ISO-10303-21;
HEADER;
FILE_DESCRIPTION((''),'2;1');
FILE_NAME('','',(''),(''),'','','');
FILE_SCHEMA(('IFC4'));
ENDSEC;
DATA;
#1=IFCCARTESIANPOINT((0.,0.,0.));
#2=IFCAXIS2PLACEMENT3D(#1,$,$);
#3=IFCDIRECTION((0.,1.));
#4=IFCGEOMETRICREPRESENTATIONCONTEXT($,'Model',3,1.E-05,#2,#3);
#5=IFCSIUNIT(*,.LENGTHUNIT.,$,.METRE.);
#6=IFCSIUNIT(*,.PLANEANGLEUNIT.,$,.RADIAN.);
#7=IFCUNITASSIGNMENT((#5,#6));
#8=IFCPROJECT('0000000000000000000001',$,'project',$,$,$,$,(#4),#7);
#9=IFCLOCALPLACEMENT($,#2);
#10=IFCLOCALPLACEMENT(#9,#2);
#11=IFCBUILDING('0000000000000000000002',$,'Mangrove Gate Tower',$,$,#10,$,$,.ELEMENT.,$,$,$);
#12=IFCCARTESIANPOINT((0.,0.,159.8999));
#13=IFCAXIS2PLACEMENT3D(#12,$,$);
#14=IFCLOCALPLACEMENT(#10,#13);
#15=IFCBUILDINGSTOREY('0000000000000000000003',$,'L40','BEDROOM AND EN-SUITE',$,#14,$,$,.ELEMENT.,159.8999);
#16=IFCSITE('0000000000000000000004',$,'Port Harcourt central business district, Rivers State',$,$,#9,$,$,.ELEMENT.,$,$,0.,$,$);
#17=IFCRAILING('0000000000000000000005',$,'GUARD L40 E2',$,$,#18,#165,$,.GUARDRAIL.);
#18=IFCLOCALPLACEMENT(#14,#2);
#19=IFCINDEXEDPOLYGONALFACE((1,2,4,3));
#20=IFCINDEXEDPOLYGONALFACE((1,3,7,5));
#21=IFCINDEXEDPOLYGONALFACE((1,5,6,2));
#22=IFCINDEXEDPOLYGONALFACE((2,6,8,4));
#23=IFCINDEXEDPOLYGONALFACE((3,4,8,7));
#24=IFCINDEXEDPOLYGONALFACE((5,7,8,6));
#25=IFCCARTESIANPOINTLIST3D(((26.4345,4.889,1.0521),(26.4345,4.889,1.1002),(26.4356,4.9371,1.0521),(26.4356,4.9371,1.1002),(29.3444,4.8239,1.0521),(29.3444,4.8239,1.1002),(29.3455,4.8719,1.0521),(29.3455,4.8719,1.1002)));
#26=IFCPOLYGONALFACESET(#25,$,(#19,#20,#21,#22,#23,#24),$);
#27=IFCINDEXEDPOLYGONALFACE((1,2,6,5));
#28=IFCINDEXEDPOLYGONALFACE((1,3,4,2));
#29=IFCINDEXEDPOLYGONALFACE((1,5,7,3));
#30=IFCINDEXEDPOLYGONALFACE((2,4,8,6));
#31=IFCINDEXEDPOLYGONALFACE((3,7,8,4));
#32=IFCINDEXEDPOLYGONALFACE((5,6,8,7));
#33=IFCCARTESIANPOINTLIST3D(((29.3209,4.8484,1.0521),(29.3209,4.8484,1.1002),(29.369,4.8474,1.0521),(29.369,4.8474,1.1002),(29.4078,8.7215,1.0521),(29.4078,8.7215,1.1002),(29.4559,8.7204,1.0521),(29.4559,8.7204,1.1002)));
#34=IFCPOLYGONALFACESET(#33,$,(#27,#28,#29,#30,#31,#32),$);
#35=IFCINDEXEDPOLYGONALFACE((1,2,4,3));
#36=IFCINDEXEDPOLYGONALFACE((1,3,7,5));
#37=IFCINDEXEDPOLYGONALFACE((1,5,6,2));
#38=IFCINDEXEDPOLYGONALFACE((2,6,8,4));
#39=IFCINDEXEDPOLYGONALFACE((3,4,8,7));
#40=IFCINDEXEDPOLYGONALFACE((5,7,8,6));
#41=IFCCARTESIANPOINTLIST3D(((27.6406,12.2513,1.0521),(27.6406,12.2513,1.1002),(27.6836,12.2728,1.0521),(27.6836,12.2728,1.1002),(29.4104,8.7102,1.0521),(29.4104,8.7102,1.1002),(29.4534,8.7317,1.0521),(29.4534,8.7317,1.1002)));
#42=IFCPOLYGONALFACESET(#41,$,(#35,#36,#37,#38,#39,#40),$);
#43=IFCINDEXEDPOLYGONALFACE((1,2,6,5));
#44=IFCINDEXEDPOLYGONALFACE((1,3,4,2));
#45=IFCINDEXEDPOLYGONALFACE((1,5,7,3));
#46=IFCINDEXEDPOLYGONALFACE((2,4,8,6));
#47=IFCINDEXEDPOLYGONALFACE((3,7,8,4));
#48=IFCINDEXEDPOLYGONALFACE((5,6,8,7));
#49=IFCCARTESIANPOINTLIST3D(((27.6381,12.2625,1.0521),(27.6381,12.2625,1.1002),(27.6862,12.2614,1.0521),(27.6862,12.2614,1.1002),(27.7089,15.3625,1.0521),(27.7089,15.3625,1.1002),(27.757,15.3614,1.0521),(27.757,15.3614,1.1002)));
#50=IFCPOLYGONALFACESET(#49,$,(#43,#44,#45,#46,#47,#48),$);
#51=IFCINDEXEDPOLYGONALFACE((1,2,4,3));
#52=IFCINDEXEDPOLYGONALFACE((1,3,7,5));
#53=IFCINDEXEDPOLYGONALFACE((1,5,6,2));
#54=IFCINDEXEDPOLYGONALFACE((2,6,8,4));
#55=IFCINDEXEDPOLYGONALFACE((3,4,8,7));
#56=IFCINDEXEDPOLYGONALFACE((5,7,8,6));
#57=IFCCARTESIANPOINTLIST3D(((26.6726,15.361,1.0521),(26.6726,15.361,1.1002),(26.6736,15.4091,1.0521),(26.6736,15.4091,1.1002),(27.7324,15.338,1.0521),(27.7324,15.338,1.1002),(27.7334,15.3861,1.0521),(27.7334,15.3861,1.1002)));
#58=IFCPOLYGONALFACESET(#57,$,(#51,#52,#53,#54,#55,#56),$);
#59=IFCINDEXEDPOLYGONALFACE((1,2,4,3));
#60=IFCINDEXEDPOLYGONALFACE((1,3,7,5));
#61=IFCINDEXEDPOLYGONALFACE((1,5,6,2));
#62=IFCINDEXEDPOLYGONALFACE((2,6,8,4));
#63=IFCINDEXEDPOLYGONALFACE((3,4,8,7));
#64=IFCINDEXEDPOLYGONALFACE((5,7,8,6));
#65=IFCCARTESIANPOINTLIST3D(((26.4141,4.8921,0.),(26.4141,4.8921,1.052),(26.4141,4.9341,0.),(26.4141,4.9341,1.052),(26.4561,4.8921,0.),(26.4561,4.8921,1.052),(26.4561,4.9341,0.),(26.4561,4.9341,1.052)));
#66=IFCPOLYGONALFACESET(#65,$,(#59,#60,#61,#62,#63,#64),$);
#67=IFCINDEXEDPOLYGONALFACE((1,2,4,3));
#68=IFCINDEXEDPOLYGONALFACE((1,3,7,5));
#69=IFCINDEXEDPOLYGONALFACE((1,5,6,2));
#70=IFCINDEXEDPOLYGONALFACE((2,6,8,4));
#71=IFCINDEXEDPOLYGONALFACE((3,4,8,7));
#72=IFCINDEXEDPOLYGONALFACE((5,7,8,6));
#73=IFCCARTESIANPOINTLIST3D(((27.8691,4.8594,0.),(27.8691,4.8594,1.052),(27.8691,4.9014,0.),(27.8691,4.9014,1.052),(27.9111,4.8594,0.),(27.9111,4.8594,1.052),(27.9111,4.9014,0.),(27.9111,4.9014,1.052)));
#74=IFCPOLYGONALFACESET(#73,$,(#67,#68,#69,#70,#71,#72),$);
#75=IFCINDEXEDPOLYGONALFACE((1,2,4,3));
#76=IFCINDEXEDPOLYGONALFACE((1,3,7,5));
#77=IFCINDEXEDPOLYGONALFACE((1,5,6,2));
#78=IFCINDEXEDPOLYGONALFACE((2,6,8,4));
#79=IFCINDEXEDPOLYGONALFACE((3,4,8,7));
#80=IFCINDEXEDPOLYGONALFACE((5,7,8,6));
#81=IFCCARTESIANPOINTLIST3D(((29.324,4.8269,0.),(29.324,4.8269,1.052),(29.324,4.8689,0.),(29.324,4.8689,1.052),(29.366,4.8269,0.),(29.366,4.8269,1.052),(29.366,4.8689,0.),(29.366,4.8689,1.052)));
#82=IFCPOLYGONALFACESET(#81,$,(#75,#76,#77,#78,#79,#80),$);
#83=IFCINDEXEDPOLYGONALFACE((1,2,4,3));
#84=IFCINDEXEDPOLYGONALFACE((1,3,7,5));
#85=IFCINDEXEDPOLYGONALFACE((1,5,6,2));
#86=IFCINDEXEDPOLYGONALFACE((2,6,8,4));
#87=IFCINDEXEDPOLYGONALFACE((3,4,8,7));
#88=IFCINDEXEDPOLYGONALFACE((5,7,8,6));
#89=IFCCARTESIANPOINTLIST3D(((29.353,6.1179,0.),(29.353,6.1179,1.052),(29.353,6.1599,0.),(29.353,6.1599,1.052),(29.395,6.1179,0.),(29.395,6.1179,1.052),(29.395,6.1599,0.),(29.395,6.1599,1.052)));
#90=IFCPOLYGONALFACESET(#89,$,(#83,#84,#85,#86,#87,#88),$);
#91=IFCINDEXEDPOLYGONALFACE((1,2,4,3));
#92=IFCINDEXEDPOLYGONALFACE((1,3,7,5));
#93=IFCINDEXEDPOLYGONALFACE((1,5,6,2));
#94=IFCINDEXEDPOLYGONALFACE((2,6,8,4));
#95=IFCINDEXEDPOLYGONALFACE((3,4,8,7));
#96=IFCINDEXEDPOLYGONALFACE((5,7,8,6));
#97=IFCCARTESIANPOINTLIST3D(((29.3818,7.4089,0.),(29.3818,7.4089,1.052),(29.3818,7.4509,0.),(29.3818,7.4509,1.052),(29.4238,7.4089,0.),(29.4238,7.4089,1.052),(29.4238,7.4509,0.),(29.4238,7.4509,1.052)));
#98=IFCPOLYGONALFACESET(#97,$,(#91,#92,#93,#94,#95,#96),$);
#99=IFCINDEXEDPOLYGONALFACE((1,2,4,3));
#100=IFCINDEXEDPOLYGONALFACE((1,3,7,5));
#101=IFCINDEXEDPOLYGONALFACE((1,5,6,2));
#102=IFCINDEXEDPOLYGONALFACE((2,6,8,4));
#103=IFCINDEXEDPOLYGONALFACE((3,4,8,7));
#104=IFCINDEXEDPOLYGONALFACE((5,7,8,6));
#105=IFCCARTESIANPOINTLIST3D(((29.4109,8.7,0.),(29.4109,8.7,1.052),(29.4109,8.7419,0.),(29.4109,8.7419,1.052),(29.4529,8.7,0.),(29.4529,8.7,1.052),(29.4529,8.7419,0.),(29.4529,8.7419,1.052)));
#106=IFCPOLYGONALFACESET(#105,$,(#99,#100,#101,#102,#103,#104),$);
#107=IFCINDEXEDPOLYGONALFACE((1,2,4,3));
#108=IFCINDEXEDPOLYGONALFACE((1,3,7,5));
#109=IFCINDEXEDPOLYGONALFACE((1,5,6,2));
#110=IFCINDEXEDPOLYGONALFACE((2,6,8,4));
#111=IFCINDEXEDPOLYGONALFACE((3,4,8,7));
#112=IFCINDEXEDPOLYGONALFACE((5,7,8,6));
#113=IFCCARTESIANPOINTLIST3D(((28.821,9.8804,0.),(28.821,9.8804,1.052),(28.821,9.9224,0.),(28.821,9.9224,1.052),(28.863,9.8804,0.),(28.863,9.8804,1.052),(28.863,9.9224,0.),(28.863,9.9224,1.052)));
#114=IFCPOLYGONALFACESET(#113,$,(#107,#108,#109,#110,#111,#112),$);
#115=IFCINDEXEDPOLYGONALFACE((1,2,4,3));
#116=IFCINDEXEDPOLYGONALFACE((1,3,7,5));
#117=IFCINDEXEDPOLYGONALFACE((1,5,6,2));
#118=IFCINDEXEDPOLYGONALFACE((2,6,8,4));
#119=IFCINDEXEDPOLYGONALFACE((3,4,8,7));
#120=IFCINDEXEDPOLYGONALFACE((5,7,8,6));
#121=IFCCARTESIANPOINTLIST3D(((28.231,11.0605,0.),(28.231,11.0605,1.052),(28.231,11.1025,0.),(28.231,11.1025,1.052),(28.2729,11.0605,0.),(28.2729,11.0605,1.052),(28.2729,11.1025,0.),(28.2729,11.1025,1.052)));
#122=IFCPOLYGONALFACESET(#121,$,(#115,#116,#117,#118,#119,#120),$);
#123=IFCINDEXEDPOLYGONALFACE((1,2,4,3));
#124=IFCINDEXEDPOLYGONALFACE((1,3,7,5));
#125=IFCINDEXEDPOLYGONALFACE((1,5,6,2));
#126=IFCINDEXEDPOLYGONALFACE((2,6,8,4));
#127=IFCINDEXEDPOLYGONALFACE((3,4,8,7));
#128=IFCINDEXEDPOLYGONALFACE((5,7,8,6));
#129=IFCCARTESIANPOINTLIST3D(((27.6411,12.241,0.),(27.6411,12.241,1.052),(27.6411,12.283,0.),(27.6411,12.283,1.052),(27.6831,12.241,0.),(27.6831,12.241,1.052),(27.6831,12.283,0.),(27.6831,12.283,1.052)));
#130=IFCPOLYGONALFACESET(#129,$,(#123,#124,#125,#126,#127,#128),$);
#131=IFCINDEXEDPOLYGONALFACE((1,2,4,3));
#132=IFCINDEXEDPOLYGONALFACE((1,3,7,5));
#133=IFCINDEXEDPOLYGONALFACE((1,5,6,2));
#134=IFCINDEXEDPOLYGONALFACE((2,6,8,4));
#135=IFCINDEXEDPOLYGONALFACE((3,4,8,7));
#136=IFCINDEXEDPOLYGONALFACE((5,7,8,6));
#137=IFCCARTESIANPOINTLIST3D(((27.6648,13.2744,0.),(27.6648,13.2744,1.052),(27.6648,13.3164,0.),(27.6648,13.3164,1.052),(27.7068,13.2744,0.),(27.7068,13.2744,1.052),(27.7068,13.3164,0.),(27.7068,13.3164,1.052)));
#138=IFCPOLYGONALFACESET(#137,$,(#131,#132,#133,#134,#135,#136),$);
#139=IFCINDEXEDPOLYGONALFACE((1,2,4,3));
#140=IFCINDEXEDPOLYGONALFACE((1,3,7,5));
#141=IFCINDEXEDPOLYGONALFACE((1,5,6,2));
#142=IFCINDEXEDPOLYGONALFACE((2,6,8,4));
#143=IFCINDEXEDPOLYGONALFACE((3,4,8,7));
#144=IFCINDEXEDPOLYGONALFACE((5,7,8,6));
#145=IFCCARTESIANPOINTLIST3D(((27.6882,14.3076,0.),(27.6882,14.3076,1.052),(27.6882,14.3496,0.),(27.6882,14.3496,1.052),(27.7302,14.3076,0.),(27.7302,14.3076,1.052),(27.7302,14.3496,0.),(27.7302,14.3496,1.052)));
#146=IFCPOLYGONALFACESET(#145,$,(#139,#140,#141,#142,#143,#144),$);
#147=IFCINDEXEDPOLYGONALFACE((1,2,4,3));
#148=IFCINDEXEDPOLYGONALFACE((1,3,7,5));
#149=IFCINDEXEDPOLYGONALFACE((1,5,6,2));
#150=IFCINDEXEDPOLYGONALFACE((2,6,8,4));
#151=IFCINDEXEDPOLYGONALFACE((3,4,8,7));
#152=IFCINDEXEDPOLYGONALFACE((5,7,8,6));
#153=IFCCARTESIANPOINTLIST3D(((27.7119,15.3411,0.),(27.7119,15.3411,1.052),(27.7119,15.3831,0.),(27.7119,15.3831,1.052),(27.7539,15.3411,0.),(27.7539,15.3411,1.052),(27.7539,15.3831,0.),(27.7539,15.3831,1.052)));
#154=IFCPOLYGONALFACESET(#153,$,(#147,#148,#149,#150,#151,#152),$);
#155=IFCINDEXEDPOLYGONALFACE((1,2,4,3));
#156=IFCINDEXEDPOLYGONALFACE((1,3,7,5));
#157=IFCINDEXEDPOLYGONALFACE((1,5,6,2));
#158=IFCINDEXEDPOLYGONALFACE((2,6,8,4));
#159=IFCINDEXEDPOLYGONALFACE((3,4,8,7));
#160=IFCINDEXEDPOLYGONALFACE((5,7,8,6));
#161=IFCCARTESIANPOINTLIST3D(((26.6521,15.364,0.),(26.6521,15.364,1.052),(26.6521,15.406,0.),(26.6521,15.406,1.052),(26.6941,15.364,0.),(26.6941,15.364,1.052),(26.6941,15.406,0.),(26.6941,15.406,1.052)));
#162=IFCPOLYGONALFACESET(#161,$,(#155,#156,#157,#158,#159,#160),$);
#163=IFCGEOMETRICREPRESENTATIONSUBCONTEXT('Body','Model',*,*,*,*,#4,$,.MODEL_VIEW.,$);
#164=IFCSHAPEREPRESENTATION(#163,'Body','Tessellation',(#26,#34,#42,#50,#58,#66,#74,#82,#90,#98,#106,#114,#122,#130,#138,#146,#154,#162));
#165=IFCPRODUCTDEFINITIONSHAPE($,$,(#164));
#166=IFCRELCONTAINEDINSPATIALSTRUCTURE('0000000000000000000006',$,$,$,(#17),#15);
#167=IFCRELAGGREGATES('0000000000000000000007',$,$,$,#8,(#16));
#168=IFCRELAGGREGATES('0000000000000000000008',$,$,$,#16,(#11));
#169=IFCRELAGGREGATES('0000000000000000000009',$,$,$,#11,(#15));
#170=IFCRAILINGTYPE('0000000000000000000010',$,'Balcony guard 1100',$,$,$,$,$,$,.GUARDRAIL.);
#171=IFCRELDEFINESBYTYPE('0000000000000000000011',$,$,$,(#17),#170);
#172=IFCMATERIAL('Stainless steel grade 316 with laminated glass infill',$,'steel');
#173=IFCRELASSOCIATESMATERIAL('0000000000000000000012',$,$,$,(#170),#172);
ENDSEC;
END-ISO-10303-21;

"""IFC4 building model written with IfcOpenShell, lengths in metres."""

from ifc_helpers import new_model, si_unit, direction, frame, origin, origin_2d, place, context, subcontext, project, spatial, rectangle, extrude, material, type_object, element, save


model = new_model("IFC4")

# Units and contexts
model_context = context("Model", 3, precision=1e-05, world=origin(), true_north=direction((0.0, 1.0)))
body_context = subcontext(model_context, "Body", "Model", "MODEL_VIEW")
ifc_project = project(units=[si_unit("LENGTHUNIT", "METRE"), si_unit("PLANEANGLEUNIT", "RADIAN")], contexts=[model_context])

# Site, building, storey
site_placement = place(None, origin())
site = spatial("IfcSite", under=ifc_project, at=site_placement, Name="Port Harcourt central business district, Rivers State", CompositionType="ELEMENT", RefElevation=0.0)
building_placement = place(site_placement, origin())
building = spatial("IfcBuilding", under=site, at=building_placement, Name="Mangrove Gate Tower", CompositionType="ELEMENT")
storey_placement = place(building_placement, frame((0.0, 0.0, 159.8999)))
storey = spatial("IfcBuildingStorey", under=building, at=storey_placement, Name="L40", Description="BEDROOM AND EN-SUITE", CompositionType="ELEMENT", Elevation=159.8999)

# Railing
ifc_material_1 = material(Name="Stainless steel grade 316 with laminated glass infill", Category="steel")
railing_type = type_object("IfcRailingType", Name="Balcony guard 1100", PredefinedType="GUARDRAIL", material=ifc_material_1)
railing_1_placement = place(storey_placement, frame((26.4351, 4.9131, 0.0)))
element("IfcRailing", 1, at=railing_1_placement, inside=storey, type_object=railing_type, Name="GUARD L40 E2", PredefinedType="GUARDRAIL", context=body_context, shape_type="SweptSolid", body=[
    extrude(rectangle(XDim=0.0481, YDim=0.0481, at=origin_2d()), frame((0.0, 0.0, 1.0762), z_axis=(0.999749, -0.022396, 0.0), x_axis=(0.022396, 0.999749, 0.0)), (0.0, 0.0, 1.0), 2.9106),
    extrude(rectangle(XDim=0.0481, YDim=0.0481, at=origin_2d()), frame((2.9099, -0.0652, 1.0762), z_axis=(0.022435, 0.999748, 0.0), x_axis=(-0.999748, 0.022435, 0.0)), (0.0, 0.0, 1.0), 3.874),
    extrude(rectangle(XDim=0.0481, YDim=0.0481, at=origin_2d()), frame((2.9968, 3.8079, 1.0762), z_axis=(-0.447066, 0.894501, 0.0), x_axis=(-0.894501, -0.447066, 0.0)), (0.0, 0.0, 1.0), 3.9587),
    extrude(rectangle(XDim=0.0481, YDim=0.0481, at=origin_2d()), frame((1.2271, 7.3489, 1.0762), z_axis=(0.022832, 0.999739, 0.0), x_axis=(-0.999739, 0.022832, 0.0)), (0.0, 0.0, 1.0), 3.1008),
    extrude(rectangle(XDim=0.0481, YDim=0.0481, at=origin_2d()), frame((1.2979, 10.449, 1.0762), z_axis=(-0.999766, 0.021649, 0.0), x_axis=(-0.021649, -0.999766, 0.0)), (0.0, 0.0, 1.0), 1.0601),
    extrude(rectangle(XDim=0.042, YDim=0.042, at=origin_2d()), origin(), (0.0, 0.0, 1.0), 1.052),
    extrude(rectangle(XDim=0.042, YDim=0.042, at=origin_2d()), frame((1.4551, -0.0327, 0.0)), (0.0, 0.0, 1.0), 1.052),
    extrude(rectangle(XDim=0.042, YDim=0.042, at=origin_2d()), frame((2.9099, -0.0652, 0.0)), (0.0, 0.0, 1.0), 1.052),
    extrude(rectangle(XDim=0.042, YDim=0.042, at=origin_2d()), frame((2.939, 1.2258, 0.0)), (0.0, 0.0, 1.0), 1.052),
    extrude(rectangle(XDim=0.042, YDim=0.042, at=origin_2d()), frame((2.9678, 2.5168, 0.0)), (0.0, 0.0, 1.0), 1.052),
    extrude(rectangle(XDim=0.042, YDim=0.042, at=origin_2d()), frame((2.9968, 3.8079, 0.0)), (0.0, 0.0, 1.0), 1.052),
    extrude(rectangle(XDim=0.042, YDim=0.042, at=origin_2d()), frame((2.407, 4.9883, 0.0)), (0.0, 0.0, 1.0), 1.052),
    extrude(rectangle(XDim=0.042, YDim=0.042, at=origin_2d()), frame((1.8169, 6.1685, 0.0)), (0.0, 0.0, 1.0), 1.052),
    extrude(rectangle(XDim=0.042, YDim=0.042, at=origin_2d()), frame((1.2271, 7.3489, 0.0)), (0.0, 0.0, 1.0), 1.052),
    extrude(rectangle(XDim=0.042, YDim=0.042, at=origin_2d()), frame((1.2507, 8.3823, 0.0)), (0.0, 0.0, 1.0), 1.052),
    extrude(rectangle(XDim=0.042, YDim=0.042, at=origin_2d()), frame((1.2742, 9.4155, 0.0)), (0.0, 0.0, 1.0), 1.052),
    extrude(rectangle(XDim=0.042, YDim=0.042, at=origin_2d()), frame((1.2979, 10.449, 0.0)), (0.0, 0.0, 1.0), 1.052),
    extrude(rectangle(XDim=0.042, YDim=0.042, at=origin_2d()), frame((0.238, 10.4719, 0.0)), (0.0, 0.0, 1.0), 1.052),
])

save(model, "model.ifc")
